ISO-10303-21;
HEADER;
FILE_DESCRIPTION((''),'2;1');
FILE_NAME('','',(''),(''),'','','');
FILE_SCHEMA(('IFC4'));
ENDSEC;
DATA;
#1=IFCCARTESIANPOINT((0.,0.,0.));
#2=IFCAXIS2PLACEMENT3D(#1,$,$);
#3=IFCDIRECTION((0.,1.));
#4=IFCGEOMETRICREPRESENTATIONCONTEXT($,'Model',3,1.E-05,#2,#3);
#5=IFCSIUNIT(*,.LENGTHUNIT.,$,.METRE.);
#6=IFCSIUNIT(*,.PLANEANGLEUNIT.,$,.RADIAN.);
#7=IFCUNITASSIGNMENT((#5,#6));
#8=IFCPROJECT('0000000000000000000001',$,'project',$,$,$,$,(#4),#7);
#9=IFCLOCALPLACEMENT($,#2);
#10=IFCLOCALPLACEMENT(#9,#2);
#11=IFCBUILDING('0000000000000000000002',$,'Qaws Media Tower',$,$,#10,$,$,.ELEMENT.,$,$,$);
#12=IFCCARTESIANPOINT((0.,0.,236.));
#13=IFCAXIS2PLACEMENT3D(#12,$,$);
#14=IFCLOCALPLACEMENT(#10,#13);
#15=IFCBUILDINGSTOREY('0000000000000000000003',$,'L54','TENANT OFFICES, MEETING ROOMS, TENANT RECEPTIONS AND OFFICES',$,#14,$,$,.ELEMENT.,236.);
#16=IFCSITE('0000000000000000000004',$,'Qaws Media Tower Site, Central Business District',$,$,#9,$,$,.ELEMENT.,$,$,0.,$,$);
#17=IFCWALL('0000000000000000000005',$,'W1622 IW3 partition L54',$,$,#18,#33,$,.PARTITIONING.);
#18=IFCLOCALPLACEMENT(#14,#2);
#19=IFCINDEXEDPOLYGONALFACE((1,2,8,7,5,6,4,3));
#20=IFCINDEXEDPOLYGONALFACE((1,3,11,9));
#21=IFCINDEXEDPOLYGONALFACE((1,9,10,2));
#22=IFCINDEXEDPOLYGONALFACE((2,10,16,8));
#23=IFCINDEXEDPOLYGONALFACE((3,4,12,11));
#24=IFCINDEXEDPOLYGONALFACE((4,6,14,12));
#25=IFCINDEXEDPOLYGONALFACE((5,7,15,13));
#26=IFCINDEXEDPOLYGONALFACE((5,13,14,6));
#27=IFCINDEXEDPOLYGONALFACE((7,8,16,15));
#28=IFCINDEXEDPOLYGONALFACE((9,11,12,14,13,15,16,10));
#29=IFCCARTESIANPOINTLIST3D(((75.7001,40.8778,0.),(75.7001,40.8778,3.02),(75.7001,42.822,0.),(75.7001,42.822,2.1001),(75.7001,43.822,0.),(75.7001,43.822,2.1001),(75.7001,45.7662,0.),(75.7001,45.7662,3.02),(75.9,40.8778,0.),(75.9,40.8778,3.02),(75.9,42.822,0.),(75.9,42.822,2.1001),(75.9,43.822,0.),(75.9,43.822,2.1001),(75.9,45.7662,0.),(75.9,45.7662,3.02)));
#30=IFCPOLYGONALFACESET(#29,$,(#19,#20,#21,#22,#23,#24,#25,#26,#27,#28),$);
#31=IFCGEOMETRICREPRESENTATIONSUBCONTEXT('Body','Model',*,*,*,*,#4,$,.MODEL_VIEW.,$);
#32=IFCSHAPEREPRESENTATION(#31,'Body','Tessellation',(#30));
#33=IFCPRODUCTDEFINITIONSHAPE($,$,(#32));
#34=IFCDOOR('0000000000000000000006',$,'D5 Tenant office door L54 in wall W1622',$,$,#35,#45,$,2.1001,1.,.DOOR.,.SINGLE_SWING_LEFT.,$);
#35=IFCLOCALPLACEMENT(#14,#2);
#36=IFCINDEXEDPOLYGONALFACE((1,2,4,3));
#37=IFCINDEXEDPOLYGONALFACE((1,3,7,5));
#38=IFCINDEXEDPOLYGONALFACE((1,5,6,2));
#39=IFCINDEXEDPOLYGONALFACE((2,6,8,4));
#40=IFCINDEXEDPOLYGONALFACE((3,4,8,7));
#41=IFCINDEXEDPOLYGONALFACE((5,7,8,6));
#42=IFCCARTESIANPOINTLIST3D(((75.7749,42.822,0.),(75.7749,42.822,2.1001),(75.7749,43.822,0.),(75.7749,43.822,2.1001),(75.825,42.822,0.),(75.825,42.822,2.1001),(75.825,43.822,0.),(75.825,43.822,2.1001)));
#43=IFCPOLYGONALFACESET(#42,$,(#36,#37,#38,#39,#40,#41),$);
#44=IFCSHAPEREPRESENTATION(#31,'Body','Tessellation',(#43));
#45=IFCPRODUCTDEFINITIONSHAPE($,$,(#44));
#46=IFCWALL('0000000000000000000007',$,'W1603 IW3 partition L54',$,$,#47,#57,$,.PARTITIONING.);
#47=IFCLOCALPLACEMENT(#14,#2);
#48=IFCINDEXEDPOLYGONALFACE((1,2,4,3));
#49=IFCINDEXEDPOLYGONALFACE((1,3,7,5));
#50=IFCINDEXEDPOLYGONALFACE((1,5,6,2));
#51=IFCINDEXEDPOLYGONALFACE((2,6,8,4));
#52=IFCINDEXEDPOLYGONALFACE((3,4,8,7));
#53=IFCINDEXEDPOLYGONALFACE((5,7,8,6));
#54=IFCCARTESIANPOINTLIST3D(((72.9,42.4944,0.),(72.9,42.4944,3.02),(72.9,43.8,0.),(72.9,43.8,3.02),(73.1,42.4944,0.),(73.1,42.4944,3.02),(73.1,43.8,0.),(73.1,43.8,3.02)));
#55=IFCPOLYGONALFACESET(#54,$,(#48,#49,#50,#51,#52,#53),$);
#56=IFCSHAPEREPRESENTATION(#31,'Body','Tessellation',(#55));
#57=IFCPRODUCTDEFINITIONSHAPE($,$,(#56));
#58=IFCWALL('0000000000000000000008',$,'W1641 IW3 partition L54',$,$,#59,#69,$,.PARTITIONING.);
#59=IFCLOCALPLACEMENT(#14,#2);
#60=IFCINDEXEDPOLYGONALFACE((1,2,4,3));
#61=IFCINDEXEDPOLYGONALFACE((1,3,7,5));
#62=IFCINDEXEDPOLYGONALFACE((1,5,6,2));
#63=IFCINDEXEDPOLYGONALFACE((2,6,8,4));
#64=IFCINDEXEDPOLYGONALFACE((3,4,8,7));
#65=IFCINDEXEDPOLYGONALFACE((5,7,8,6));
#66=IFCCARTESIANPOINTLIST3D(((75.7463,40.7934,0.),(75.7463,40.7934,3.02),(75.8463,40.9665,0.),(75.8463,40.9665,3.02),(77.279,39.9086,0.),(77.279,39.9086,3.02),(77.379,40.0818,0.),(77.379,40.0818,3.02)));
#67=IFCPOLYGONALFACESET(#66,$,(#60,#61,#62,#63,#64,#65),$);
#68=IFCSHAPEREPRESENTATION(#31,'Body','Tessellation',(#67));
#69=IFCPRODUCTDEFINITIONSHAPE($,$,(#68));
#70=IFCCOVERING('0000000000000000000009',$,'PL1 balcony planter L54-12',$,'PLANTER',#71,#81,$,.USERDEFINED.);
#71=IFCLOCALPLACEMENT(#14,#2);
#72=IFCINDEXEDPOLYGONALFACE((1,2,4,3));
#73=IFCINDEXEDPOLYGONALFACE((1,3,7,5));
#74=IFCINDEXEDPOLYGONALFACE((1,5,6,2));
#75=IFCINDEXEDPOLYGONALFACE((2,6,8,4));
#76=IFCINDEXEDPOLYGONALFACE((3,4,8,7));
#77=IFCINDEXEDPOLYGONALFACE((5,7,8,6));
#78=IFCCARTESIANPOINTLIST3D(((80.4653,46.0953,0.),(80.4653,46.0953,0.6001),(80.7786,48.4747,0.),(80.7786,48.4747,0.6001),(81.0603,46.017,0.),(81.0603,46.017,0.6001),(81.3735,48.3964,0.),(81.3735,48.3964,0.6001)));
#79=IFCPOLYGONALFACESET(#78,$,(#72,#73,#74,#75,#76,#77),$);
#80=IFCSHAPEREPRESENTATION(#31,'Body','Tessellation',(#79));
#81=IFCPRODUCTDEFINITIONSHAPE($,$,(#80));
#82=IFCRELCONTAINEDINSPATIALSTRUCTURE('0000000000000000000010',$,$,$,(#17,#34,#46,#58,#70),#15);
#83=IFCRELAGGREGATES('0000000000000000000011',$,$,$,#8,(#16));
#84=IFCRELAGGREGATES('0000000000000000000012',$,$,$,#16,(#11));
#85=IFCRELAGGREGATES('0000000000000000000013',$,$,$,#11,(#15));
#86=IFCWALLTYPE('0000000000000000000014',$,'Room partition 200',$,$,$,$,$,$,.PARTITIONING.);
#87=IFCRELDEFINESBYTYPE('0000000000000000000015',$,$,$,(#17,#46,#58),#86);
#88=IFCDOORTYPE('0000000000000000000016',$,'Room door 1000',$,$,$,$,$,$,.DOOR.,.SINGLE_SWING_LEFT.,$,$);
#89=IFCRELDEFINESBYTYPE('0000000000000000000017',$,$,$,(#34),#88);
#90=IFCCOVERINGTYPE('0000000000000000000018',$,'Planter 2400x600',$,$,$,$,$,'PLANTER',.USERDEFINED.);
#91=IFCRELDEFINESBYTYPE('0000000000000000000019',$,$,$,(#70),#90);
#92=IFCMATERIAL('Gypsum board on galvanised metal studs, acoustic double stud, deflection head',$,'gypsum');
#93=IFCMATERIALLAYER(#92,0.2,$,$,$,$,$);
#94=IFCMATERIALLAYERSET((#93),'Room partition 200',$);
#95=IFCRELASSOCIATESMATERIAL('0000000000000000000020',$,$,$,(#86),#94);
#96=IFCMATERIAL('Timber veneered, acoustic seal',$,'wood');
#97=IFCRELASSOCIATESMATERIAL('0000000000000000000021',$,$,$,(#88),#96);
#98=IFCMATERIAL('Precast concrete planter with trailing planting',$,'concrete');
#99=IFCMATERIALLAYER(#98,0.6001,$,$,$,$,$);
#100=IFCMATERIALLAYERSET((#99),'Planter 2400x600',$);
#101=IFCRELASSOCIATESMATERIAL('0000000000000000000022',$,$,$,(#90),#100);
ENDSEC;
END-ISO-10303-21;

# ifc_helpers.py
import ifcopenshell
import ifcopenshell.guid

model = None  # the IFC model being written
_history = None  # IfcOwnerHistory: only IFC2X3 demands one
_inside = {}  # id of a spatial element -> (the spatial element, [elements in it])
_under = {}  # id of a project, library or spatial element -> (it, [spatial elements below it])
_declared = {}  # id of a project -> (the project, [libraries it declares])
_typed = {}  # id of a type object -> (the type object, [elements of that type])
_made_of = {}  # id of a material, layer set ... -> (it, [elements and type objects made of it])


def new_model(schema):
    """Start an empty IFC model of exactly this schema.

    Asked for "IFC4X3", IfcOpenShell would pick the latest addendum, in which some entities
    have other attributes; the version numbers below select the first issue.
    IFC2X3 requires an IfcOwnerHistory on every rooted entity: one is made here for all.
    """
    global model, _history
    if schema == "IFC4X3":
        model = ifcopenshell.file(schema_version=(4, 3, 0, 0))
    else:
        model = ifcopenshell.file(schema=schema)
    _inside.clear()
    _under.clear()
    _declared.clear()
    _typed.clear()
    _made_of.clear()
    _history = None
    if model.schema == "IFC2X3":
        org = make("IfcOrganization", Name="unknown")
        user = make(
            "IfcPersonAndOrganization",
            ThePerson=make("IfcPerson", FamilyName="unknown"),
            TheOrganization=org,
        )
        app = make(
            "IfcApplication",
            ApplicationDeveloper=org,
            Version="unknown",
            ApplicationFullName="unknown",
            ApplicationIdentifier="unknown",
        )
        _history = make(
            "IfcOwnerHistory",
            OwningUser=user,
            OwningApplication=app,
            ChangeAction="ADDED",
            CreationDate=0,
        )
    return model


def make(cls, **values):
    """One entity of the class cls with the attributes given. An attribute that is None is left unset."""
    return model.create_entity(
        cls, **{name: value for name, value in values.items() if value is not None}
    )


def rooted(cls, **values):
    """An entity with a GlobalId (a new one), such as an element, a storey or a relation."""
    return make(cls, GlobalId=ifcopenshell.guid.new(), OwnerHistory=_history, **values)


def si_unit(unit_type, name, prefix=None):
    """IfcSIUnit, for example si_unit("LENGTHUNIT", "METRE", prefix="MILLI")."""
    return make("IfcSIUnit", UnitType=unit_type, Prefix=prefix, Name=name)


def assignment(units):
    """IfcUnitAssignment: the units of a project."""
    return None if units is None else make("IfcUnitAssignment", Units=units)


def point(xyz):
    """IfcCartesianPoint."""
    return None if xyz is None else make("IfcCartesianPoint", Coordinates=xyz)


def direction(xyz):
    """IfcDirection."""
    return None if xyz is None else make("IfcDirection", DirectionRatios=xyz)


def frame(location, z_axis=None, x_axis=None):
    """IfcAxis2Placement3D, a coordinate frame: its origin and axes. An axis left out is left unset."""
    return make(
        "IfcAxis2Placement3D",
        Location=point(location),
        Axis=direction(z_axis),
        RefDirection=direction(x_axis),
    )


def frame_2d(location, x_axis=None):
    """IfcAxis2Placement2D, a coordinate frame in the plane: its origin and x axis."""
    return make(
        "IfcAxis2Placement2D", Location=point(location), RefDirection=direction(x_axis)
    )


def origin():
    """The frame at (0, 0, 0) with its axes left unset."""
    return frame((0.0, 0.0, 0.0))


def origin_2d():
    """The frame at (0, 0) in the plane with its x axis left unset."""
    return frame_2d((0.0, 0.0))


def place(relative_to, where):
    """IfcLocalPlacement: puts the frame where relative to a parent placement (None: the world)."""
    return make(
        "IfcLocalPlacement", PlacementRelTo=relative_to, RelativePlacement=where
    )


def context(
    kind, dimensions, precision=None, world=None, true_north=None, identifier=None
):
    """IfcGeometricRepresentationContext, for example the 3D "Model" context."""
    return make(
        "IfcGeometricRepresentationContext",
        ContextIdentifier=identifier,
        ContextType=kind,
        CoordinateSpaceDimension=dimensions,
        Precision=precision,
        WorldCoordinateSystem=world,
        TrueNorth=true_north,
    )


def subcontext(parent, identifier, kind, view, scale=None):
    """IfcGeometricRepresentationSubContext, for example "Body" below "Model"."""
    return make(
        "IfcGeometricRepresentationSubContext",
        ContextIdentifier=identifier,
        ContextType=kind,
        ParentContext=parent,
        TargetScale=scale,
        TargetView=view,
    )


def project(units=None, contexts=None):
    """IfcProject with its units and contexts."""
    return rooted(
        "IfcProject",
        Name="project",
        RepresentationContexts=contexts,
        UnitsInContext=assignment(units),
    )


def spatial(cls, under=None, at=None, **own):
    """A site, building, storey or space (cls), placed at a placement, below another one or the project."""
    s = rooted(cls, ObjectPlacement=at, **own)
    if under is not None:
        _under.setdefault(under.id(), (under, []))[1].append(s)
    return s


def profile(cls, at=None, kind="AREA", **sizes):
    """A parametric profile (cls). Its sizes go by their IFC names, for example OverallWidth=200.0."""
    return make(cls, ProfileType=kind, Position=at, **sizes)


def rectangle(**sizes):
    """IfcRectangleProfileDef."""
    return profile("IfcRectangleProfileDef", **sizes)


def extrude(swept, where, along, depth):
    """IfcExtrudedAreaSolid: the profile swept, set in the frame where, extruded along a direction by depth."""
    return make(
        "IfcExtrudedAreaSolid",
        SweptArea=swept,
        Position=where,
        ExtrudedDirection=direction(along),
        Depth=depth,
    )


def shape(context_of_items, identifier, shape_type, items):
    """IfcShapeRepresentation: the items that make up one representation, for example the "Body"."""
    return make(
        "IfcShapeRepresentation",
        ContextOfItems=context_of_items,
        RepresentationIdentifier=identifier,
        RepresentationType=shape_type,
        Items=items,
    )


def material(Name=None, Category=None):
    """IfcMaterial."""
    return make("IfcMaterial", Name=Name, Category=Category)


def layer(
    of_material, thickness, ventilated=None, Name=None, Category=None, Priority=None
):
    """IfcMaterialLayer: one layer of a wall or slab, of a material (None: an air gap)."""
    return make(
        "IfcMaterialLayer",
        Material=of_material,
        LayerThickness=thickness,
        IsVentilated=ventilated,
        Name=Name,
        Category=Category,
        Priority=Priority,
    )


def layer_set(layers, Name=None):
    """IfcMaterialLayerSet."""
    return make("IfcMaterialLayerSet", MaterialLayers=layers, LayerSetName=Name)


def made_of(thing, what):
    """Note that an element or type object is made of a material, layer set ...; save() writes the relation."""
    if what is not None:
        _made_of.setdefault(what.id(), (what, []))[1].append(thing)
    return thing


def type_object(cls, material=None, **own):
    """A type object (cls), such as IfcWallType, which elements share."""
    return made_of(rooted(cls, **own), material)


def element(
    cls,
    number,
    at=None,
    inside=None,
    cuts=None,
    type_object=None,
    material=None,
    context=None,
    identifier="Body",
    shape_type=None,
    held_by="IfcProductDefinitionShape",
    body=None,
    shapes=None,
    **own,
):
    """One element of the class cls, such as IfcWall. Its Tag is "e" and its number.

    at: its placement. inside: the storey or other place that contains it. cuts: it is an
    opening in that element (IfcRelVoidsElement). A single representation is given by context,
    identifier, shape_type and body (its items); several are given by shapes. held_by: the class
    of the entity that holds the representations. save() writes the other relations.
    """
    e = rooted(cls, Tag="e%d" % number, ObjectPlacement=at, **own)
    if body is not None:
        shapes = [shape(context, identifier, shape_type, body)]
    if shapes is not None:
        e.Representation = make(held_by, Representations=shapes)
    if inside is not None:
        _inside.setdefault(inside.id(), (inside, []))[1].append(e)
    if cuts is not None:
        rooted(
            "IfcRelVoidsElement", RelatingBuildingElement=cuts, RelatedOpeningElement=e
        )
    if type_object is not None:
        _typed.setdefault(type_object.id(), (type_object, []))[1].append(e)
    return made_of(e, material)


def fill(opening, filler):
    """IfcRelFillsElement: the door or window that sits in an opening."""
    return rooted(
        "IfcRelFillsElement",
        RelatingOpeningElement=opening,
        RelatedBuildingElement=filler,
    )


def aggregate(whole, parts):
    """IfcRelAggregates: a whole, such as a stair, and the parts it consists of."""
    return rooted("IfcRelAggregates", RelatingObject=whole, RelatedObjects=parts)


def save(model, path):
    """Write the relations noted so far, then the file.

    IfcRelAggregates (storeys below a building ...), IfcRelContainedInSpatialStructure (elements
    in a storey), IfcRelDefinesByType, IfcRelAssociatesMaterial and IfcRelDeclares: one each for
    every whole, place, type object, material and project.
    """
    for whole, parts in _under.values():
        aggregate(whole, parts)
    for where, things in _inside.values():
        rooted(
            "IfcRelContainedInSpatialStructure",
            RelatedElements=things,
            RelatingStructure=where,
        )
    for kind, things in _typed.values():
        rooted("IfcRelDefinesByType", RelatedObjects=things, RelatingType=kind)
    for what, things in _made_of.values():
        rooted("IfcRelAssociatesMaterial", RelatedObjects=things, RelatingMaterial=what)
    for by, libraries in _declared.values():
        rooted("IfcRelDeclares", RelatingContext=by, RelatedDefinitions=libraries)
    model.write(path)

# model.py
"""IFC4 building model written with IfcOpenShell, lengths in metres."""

from ifc_helpers import new_model, si_unit, direction, frame, frame_2d, origin, origin_2d, place, context, subcontext, project, spatial, rectangle, extrude, material, layer, layer_set, type_object, element, fill, save


model = new_model("IFC4")

# Units and contexts
model_context = context("Model", 3, precision=1e-05, world=origin(), true_north=direction((0.0, 1.0)))
body_context = subcontext(model_context, "Body", "Model", "MODEL_VIEW")
ifc_project = project(units=[si_unit("LENGTHUNIT", "METRE"), si_unit("PLANEANGLEUNIT", "RADIAN")], contexts=[model_context])

# Site, building, storey
site_placement = place(None, origin())
site = spatial("IfcSite", under=ifc_project, at=site_placement, Name="Qaws Media Tower Site, Central Business District", CompositionType="ELEMENT", RefElevation=0.0)
building_placement = place(site_placement, origin())
building = spatial("IfcBuilding", under=site, at=building_placement, Name="Qaws Media Tower", CompositionType="ELEMENT")
storey_placement = place(building_placement, frame((0.0, 0.0, 236.0)))
storey = spatial("IfcBuildingStorey", under=building, at=storey_placement, Name="L54", Description="TENANT OFFICES, MEETING ROOMS, TENANT RECEPTIONS AND OFFICES", CompositionType="ELEMENT", Elevation=236.0)

# Wall, opening, door
ifc_material_1 = material(Name="Gypsum board on galvanised metal studs, acoustic double stud, deflection head", Category="gypsum")
ifc_layer_1 = layer(ifc_material_1, 0.2)
ifc_layer_set_1 = layer_set([ifc_layer_1], Name="Room partition 200")
wall_type_1 = type_object("IfcWallType", Name="Room partition 200", PredefinedType="PARTITIONING", material=ifc_layer_set_1)
wall_1_placement = place(storey_placement, frame((75.8, 45.7664, 0.0), z_axis=(0.0, 0.0, 1.0), x_axis=(0.0, -1.0, 0.0)))
wall_1 = element("IfcWall", 1, at=wall_1_placement, inside=storey, type_object=wall_type_1, Name="W1622 IW3 partition L54", PredefinedType="PARTITIONING", context=body_context, shape_type="SweptSolid", body=[
    extrude(rectangle(XDim=4.8884, YDim=0.2, at=frame_2d((2.4443, 0.0))), origin(), (0.0, 0.0, 1.0), 3.02),
])
opening_placement = place(wall_1_placement, frame((1.9443, 0.0, 0.0)))
opening = element("IfcOpeningElement", 2, at=opening_placement, cuts=wall_1, PredefinedType="OPENING", context=body_context, shape_type="SweptSolid", body=[
    extrude(rectangle(XDim=1.0, YDim=2.1001, at=frame_2d((0.5, 1.05))), frame((0.0, 0.1099, 0.0), z_axis=(0.0, -1.0, 0.0), x_axis=(1.0, 0.0, 0.0)), (0.0, 0.0, 1.0), 0.22),
])
ifc_material_2 = material(Name="Timber veneered, acoustic seal", Category="wood")
door_type = type_object("IfcDoorType", Name="Room door 1000", OperationType="SINGLE_SWING_LEFT", PredefinedType="DOOR", material=ifc_material_2)
door_placement = place(opening_placement, origin())
door = element("IfcDoor", 3, at=door_placement, inside=storey, type_object=door_type, Name="D5 Tenant office door L54 in wall W1622", OperationType="SINGLE_SWING_LEFT", OverallHeight=2.1001, OverallWidth=1.0, PredefinedType="DOOR", context=body_context, shape_type="SweptSolid", body=[
    extrude(rectangle(XDim=1.0, YDim=2.1001, at=frame_2d((0.5, 1.05))), frame((0.0, 0.0249, 0.0), z_axis=(0.0, -1.0, 0.0), x_axis=(1.0, 0.0, 0.0)), (0.0, 0.0, 1.0), 0.05),
])
fill(opening, door)

# Walls
wall_2_placement = place(storey_placement, frame((73.0, 42.4944, 0.0), z_axis=(0.0, 0.0, 1.0), x_axis=(0.0, 1.0, 0.0)))
element("IfcWall", 4, at=wall_2_placement, inside=storey, type_object=wall_type_1, Name="W1603 IW3 partition L54", PredefinedType="PARTITIONING", context=body_context, shape_type="SweptSolid", body=[
    extrude(rectangle(XDim=1.3057, YDim=0.2, at=frame_2d((0.6528, 0.0))), origin(), (0.0, 0.0, 1.0), 3.02),
])
wall_3_placement = place(storey_placement, frame((75.7964, 40.8799, 0.0), z_axis=(0.0, 0.0, 1.0), x_axis=(0.866062, -0.499937, 0.0)))
element("IfcWall", 5, at=wall_3_placement, inside=storey, type_object=wall_type_1, Name="W1641 IW3 partition L54", PredefinedType="PARTITIONING", context=body_context, shape_type="SweptSolid", body=[
    extrude(rectangle(XDim=1.7698, YDim=0.2, at=frame_2d((0.8848, 0.0))), origin(), (0.0, 0.0, 1.0), 3.02),
])

# Covering
ifc_material_3 = material(Name="Precast concrete planter with trailing planting", Category="concrete")
ifc_layer_2 = layer(ifc_material_3, 0.6001)
ifc_layer_set_2 = layer_set([ifc_layer_2], Name="Planter 2400x600")
covering_type = type_object("IfcCoveringType", Name="Planter 2400x600", ElementType="PLANTER", PredefinedType="USERDEFINED", material=ifc_layer_set_2)
covering_placement = place(storey_placement, frame((80.9194, 47.2458, 0.0), z_axis=(0.0, 0.0, 1.0), x_axis=(0.130526, 0.991445, 0.0)))
element("IfcCovering", 6, at=covering_placement, inside=storey, type_object=covering_type, Name="PL1 balcony planter L54-12", ObjectType="PLANTER", PredefinedType="USERDEFINED", context=body_context, shape_type="SweptSolid", body=[
    extrude(rectangle(XDim=2.3999, YDim=0.6001, at=origin_2d()), origin(), (0.0, 0.0, 1.0), 0.6001),
])

save(model, "model.ifc")
